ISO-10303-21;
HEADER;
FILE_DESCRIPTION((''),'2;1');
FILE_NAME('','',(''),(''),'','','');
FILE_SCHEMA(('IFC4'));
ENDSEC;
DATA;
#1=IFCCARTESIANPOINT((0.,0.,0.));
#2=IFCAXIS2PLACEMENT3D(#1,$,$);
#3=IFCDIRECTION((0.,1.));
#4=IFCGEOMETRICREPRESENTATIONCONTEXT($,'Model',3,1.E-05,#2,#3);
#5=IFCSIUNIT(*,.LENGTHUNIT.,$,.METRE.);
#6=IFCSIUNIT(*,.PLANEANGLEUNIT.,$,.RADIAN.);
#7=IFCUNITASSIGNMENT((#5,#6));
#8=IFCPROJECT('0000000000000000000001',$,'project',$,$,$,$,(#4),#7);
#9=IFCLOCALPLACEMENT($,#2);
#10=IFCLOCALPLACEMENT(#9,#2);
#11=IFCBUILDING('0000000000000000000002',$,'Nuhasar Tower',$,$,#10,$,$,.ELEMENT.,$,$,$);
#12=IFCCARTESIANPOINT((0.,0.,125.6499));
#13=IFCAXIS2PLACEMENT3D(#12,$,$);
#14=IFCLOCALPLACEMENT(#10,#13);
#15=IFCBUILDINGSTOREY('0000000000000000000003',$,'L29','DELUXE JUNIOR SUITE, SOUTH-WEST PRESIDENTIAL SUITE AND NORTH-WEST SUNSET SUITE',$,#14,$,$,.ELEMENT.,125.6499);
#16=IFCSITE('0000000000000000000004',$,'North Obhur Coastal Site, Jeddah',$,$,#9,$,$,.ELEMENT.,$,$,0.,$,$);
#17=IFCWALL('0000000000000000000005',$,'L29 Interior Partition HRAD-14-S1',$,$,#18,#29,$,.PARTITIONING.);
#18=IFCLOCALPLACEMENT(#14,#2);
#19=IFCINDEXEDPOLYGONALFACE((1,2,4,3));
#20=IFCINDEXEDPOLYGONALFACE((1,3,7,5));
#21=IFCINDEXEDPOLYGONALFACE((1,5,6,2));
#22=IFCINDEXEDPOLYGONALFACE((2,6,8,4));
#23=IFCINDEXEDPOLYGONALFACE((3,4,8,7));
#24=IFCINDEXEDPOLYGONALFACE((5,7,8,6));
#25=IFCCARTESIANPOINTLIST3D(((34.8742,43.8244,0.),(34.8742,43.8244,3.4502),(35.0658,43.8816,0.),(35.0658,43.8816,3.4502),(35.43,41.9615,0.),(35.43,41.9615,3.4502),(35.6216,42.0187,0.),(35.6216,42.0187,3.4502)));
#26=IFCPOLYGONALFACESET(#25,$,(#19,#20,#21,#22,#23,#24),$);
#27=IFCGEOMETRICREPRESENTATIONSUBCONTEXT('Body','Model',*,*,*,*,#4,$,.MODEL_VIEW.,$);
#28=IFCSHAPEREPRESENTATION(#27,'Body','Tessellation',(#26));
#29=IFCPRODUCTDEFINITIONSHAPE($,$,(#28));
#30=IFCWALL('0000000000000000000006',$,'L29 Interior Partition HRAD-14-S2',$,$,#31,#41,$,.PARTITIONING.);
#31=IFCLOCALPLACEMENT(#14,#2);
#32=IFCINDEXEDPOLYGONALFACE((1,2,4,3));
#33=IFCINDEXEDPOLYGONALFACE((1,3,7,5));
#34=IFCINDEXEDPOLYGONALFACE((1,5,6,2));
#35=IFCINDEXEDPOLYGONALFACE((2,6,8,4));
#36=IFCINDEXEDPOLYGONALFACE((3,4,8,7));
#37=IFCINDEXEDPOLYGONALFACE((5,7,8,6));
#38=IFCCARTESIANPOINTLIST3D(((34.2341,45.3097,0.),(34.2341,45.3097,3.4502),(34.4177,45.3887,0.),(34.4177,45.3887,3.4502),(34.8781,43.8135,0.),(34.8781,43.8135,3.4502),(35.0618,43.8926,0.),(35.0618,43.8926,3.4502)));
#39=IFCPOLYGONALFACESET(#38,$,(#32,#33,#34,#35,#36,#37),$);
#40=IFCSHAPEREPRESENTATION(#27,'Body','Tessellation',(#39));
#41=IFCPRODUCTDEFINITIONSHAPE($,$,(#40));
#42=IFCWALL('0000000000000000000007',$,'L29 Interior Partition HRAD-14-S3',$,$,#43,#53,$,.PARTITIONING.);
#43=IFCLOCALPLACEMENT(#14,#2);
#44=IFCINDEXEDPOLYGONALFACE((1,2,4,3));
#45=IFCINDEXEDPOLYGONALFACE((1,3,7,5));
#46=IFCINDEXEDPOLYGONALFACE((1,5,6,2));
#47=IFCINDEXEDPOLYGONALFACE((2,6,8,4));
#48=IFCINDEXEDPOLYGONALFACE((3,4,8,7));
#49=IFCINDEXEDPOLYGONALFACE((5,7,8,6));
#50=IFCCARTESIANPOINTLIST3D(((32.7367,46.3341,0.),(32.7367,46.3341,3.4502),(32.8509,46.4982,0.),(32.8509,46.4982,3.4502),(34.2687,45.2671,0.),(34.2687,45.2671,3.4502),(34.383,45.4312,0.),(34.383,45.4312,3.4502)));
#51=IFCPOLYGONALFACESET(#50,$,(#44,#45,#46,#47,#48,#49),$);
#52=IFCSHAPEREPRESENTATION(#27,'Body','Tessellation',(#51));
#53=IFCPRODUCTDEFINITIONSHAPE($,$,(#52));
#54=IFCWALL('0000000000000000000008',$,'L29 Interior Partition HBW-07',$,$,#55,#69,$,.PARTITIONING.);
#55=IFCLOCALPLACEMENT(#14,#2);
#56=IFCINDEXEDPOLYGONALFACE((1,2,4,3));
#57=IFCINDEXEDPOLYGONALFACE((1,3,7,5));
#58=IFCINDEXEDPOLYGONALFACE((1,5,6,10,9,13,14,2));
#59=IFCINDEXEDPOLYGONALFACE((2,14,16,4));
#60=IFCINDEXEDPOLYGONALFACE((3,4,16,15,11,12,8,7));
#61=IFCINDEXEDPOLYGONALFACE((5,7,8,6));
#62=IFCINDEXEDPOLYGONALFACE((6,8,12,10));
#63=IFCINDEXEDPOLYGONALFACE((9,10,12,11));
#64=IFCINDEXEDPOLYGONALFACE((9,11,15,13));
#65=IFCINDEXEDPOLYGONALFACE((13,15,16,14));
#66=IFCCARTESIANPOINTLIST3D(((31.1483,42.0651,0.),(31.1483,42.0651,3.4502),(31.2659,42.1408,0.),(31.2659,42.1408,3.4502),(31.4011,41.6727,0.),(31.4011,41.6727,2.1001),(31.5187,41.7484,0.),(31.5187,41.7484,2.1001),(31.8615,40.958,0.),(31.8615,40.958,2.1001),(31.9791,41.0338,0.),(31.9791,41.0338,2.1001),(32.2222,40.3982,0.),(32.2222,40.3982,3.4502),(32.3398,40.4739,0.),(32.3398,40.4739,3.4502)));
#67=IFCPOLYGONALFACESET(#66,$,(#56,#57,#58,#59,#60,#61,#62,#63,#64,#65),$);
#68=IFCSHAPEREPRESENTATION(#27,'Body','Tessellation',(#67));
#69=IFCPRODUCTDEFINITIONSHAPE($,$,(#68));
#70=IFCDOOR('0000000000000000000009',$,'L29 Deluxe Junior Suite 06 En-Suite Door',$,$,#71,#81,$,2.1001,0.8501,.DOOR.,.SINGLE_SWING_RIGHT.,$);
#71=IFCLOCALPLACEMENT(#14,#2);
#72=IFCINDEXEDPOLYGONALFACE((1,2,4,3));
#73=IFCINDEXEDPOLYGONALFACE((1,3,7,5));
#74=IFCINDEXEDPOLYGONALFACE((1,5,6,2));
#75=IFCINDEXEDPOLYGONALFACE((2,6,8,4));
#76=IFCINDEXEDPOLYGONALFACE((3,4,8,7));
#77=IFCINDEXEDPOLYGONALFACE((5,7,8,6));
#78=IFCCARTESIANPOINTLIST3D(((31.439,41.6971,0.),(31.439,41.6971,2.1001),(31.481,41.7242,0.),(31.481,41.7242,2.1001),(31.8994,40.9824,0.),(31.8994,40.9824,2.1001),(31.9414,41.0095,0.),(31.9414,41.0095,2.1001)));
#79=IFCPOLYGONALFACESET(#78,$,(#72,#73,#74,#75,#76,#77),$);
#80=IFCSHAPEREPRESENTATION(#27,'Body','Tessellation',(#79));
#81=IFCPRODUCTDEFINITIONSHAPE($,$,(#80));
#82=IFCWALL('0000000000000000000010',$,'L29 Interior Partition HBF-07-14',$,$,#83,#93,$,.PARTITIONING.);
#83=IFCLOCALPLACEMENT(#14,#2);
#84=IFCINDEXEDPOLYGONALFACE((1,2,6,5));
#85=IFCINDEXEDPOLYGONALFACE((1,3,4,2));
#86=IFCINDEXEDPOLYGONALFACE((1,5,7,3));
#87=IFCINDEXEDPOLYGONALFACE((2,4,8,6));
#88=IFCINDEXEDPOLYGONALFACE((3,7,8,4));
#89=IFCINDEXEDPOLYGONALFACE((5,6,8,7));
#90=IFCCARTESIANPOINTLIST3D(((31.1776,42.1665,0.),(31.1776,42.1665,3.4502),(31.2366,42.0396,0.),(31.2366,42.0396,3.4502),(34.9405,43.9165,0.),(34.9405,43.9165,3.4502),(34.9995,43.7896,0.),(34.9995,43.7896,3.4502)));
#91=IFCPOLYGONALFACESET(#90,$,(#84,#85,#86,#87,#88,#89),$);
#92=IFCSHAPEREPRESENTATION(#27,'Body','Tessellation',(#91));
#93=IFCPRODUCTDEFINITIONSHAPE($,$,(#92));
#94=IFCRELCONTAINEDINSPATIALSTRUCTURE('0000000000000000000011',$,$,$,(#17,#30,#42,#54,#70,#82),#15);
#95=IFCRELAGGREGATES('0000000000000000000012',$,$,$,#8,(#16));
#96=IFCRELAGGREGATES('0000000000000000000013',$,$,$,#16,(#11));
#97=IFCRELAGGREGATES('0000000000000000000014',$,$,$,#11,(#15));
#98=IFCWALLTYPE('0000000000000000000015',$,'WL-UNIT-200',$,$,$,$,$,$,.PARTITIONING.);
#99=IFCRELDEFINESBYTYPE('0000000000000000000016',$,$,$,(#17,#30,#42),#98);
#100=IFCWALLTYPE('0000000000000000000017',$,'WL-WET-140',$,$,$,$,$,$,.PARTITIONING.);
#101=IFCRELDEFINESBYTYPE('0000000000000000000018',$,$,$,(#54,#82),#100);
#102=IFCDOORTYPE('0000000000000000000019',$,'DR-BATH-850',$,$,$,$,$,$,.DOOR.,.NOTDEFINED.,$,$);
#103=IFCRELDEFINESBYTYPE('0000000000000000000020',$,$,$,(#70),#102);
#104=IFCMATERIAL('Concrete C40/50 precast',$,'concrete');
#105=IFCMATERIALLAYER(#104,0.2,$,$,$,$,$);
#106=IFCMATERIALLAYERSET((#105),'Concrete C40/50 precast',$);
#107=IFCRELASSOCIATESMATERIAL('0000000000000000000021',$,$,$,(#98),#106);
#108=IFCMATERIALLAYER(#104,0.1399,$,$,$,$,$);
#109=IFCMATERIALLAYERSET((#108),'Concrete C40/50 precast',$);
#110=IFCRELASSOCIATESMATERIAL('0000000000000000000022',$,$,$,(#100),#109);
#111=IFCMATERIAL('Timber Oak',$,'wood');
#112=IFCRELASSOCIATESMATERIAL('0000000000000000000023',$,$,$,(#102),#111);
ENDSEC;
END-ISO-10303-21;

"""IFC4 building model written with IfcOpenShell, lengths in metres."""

from ifc_helpers import new_model, si_unit, direction, frame, frame_2d, origin, place, context, subcontext, project, spatial, rectangle, extrude, material, layer, layer_set, type_object, element, fill, save


model = new_model("IFC4")

# Units and contexts
model_context = context("Model", 3, precision=1e-05, world=origin(), true_north=direction((0.0, 1.0)))
body_context = subcontext(model_context, "Body", "Model", "MODEL_VIEW")
ifc_project = project(units=[si_unit("LENGTHUNIT", "METRE"), si_unit("PLANEANGLEUNIT", "RADIAN")], contexts=[model_context])

# Site, building, storey
site_placement = place(None, origin())
site = spatial("IfcSite", under=ifc_project, at=site_placement, Name="North Obhur Coastal Site, Jeddah", CompositionType="ELEMENT", RefElevation=0.0)
building_placement = place(site_placement, origin())
building = spatial("IfcBuilding", under=site, at=building_placement, Name="Nuhasar Tower", CompositionType="ELEMENT")
storey_placement = place(building_placement, frame((0.0, 0.0, 125.6499)))
storey = spatial("IfcBuildingStorey", under=building, at=storey_placement, Name="L29", Description="DELUXE JUNIOR SUITE, SOUTH-WEST PRESIDENTIAL SUITE AND NORTH-WEST SUNSET SUITE", CompositionType="ELEMENT", Elevation=125.6499)

# Walls
ifc_material_1 = material(Name="Concrete C40/50 precast", Category="concrete")
ifc_layer_1 = layer(ifc_material_1, 0.2)
ifc_layer_set_1 = layer_set([ifc_layer_1], Name="Concrete C40/50 precast")
wall_type_1 = type_object("IfcWallType", Name="WL-UNIT-200", PredefinedType="PARTITIONING", material=ifc_layer_set_1)
wall_1_placement = place(storey_placement, frame((35.5259, 41.99, 0.0), z_axis=(0.0, 0.0, 1.0), x_axis=(-0.285931, 0.95825, 0.0)))
element("IfcWall", 1, at=wall_1_placement, inside=storey, type_object=wall_type_1, Name="L29 Interior Partition HRAD-14-S1", PredefinedType="PARTITIONING", context=body_context, shape_type="SweptSolid", body=[
    extrude(rectangle(XDim=1.9441, YDim=0.2, at=frame_2d((0.9722, 0.0))), origin(), (0.0, 0.0, 1.0), 3.4502),
])
wall_2_placement = place(storey_placement, frame((34.97, 43.853, 0.0), z_axis=(0.0, 0.0, 1.0), x_axis=(-0.395402, 0.918508, 0.0)))
element("IfcWall", 2, at=wall_2_placement, inside=storey, type_object=wall_type_1, Name="L29 Interior Partition HRAD-14-S2", PredefinedType="PARTITIONING", context=body_context, shape_type="SweptSolid", body=[
    extrude(rectangle(XDim=1.6289, YDim=0.2, at=frame_2d((0.8145, 0.0))), origin(), (0.0, 0.0, 1.0), 3.4502),
])
wall_3_placement = place(storey_placement, frame((34.3259, 45.3491, 0.0), z_axis=(0.0, 0.0, 1.0), x_axis=(-0.820612, 0.571486, 0.0)))
element("IfcWall", 3, at=wall_3_placement, inside=storey, type_object=wall_type_1, Name="L29 Interior Partition HRAD-14-S3", PredefinedType="PARTITIONING", context=body_context, shape_type="SweptSolid", body=[
    extrude(rectangle(XDim=1.8669, YDim=0.2, at=frame_2d((0.9336, 0.0))), origin(), (0.0, 0.0, 1.0), 3.4502),
])

# Wall, opening, door
ifc_layer_2 = layer(ifc_material_1, 0.1399)
ifc_layer_set_2 = layer_set([ifc_layer_2], Name="Concrete C40/50 precast")
wall_type_2 = type_object("IfcWallType", Name="WL-WET-140", PredefinedType="PARTITIONING", material=ifc_layer_set_2)
wall_4_placement = place(storey_placement, frame((32.281, 40.436, 0.0), z_axis=(0.0, 0.0, 1.0), x_axis=(-0.541591, 0.840642, 0.0)))
wall_4 = element("IfcWall", 4, at=wall_4_placement, inside=storey, type_object=wall_type_2, Name="L29 Interior Partition HBW-07", PredefinedType="PARTITIONING", context=body_context, shape_type="SweptSolid", body=[
    extrude(rectangle(XDim=1.9829, YDim=0.1399, at=frame_2d((0.9915, 0.0))), origin(), (0.0, 0.0, 1.0), 3.4502),
])
opening_1_placement = place(wall_4_placement, frame((0.666, 0.0, 0.0)))
opening_1 = element("IfcOpeningElement", 5, at=opening_1_placement, cuts=wall_4, PredefinedType="OPENING", context=body_context, shape_type="SweptSolid", body=[
    extrude(rectangle(XDim=0.8501, YDim=2.1001, at=frame_2d((0.425, 1.05))), frame((0.0, 0.0801, 0.0), z_axis=(0.0, -1.0, 0.0), x_axis=(1.0, 0.0, 0.0)), (0.0, 0.0, 1.0), 0.1599),
])
ifc_material_2 = material(Name="Timber Oak", Category="wood")
door_type_1 = type_object("IfcDoorType", Name="DR-BATH-850", OperationType="NOTDEFINED", PredefinedType="DOOR", material=ifc_material_2)
door_1_placement = place(opening_1_placement, origin())
door_1 = element("IfcDoor", 6, at=door_1_placement, inside=storey, type_object=door_type_1, Name="L29 Deluxe Junior Suite 06 En-Suite Door", OperationType="SINGLE_SWING_RIGHT", OverallHeight=2.1001, OverallWidth=0.8501, PredefinedType="DOOR", context=body_context, shape_type="SweptSolid", body=[
    extrude(rectangle(XDim=0.8501, YDim=2.1001, at=frame_2d((0.425, 1.05))), frame((0.0, 0.0249, 0.0), z_axis=(0.0, -1.0, 0.0), x_axis=(1.0, 0.0, 0.0)), (0.0, 0.0, 1.0), 0.05),
])
fill(opening_1, door_1)

# Wall
wall_5_placement = place(storey_placement, frame((34.97, 43.853, 0.0), z_axis=(0.0, 0.0, 1.0), x_axis=(-0.90674, -0.42169, 0.0)))
element("IfcWall", 7, at=wall_5_placement, inside=storey, type_object=wall_type_2, Name="L29 Interior Partition HBF-07-14", PredefinedType="PARTITIONING", context=body_context, shape_type="SweptSolid", body=[
    extrude(rectangle(XDim=4.1499, YDim=0.1399, at=frame_2d((2.075, 0.0))), origin(), (0.0, 0.0, 1.0), 3.4502),
])

save(model, "model.ifc")
